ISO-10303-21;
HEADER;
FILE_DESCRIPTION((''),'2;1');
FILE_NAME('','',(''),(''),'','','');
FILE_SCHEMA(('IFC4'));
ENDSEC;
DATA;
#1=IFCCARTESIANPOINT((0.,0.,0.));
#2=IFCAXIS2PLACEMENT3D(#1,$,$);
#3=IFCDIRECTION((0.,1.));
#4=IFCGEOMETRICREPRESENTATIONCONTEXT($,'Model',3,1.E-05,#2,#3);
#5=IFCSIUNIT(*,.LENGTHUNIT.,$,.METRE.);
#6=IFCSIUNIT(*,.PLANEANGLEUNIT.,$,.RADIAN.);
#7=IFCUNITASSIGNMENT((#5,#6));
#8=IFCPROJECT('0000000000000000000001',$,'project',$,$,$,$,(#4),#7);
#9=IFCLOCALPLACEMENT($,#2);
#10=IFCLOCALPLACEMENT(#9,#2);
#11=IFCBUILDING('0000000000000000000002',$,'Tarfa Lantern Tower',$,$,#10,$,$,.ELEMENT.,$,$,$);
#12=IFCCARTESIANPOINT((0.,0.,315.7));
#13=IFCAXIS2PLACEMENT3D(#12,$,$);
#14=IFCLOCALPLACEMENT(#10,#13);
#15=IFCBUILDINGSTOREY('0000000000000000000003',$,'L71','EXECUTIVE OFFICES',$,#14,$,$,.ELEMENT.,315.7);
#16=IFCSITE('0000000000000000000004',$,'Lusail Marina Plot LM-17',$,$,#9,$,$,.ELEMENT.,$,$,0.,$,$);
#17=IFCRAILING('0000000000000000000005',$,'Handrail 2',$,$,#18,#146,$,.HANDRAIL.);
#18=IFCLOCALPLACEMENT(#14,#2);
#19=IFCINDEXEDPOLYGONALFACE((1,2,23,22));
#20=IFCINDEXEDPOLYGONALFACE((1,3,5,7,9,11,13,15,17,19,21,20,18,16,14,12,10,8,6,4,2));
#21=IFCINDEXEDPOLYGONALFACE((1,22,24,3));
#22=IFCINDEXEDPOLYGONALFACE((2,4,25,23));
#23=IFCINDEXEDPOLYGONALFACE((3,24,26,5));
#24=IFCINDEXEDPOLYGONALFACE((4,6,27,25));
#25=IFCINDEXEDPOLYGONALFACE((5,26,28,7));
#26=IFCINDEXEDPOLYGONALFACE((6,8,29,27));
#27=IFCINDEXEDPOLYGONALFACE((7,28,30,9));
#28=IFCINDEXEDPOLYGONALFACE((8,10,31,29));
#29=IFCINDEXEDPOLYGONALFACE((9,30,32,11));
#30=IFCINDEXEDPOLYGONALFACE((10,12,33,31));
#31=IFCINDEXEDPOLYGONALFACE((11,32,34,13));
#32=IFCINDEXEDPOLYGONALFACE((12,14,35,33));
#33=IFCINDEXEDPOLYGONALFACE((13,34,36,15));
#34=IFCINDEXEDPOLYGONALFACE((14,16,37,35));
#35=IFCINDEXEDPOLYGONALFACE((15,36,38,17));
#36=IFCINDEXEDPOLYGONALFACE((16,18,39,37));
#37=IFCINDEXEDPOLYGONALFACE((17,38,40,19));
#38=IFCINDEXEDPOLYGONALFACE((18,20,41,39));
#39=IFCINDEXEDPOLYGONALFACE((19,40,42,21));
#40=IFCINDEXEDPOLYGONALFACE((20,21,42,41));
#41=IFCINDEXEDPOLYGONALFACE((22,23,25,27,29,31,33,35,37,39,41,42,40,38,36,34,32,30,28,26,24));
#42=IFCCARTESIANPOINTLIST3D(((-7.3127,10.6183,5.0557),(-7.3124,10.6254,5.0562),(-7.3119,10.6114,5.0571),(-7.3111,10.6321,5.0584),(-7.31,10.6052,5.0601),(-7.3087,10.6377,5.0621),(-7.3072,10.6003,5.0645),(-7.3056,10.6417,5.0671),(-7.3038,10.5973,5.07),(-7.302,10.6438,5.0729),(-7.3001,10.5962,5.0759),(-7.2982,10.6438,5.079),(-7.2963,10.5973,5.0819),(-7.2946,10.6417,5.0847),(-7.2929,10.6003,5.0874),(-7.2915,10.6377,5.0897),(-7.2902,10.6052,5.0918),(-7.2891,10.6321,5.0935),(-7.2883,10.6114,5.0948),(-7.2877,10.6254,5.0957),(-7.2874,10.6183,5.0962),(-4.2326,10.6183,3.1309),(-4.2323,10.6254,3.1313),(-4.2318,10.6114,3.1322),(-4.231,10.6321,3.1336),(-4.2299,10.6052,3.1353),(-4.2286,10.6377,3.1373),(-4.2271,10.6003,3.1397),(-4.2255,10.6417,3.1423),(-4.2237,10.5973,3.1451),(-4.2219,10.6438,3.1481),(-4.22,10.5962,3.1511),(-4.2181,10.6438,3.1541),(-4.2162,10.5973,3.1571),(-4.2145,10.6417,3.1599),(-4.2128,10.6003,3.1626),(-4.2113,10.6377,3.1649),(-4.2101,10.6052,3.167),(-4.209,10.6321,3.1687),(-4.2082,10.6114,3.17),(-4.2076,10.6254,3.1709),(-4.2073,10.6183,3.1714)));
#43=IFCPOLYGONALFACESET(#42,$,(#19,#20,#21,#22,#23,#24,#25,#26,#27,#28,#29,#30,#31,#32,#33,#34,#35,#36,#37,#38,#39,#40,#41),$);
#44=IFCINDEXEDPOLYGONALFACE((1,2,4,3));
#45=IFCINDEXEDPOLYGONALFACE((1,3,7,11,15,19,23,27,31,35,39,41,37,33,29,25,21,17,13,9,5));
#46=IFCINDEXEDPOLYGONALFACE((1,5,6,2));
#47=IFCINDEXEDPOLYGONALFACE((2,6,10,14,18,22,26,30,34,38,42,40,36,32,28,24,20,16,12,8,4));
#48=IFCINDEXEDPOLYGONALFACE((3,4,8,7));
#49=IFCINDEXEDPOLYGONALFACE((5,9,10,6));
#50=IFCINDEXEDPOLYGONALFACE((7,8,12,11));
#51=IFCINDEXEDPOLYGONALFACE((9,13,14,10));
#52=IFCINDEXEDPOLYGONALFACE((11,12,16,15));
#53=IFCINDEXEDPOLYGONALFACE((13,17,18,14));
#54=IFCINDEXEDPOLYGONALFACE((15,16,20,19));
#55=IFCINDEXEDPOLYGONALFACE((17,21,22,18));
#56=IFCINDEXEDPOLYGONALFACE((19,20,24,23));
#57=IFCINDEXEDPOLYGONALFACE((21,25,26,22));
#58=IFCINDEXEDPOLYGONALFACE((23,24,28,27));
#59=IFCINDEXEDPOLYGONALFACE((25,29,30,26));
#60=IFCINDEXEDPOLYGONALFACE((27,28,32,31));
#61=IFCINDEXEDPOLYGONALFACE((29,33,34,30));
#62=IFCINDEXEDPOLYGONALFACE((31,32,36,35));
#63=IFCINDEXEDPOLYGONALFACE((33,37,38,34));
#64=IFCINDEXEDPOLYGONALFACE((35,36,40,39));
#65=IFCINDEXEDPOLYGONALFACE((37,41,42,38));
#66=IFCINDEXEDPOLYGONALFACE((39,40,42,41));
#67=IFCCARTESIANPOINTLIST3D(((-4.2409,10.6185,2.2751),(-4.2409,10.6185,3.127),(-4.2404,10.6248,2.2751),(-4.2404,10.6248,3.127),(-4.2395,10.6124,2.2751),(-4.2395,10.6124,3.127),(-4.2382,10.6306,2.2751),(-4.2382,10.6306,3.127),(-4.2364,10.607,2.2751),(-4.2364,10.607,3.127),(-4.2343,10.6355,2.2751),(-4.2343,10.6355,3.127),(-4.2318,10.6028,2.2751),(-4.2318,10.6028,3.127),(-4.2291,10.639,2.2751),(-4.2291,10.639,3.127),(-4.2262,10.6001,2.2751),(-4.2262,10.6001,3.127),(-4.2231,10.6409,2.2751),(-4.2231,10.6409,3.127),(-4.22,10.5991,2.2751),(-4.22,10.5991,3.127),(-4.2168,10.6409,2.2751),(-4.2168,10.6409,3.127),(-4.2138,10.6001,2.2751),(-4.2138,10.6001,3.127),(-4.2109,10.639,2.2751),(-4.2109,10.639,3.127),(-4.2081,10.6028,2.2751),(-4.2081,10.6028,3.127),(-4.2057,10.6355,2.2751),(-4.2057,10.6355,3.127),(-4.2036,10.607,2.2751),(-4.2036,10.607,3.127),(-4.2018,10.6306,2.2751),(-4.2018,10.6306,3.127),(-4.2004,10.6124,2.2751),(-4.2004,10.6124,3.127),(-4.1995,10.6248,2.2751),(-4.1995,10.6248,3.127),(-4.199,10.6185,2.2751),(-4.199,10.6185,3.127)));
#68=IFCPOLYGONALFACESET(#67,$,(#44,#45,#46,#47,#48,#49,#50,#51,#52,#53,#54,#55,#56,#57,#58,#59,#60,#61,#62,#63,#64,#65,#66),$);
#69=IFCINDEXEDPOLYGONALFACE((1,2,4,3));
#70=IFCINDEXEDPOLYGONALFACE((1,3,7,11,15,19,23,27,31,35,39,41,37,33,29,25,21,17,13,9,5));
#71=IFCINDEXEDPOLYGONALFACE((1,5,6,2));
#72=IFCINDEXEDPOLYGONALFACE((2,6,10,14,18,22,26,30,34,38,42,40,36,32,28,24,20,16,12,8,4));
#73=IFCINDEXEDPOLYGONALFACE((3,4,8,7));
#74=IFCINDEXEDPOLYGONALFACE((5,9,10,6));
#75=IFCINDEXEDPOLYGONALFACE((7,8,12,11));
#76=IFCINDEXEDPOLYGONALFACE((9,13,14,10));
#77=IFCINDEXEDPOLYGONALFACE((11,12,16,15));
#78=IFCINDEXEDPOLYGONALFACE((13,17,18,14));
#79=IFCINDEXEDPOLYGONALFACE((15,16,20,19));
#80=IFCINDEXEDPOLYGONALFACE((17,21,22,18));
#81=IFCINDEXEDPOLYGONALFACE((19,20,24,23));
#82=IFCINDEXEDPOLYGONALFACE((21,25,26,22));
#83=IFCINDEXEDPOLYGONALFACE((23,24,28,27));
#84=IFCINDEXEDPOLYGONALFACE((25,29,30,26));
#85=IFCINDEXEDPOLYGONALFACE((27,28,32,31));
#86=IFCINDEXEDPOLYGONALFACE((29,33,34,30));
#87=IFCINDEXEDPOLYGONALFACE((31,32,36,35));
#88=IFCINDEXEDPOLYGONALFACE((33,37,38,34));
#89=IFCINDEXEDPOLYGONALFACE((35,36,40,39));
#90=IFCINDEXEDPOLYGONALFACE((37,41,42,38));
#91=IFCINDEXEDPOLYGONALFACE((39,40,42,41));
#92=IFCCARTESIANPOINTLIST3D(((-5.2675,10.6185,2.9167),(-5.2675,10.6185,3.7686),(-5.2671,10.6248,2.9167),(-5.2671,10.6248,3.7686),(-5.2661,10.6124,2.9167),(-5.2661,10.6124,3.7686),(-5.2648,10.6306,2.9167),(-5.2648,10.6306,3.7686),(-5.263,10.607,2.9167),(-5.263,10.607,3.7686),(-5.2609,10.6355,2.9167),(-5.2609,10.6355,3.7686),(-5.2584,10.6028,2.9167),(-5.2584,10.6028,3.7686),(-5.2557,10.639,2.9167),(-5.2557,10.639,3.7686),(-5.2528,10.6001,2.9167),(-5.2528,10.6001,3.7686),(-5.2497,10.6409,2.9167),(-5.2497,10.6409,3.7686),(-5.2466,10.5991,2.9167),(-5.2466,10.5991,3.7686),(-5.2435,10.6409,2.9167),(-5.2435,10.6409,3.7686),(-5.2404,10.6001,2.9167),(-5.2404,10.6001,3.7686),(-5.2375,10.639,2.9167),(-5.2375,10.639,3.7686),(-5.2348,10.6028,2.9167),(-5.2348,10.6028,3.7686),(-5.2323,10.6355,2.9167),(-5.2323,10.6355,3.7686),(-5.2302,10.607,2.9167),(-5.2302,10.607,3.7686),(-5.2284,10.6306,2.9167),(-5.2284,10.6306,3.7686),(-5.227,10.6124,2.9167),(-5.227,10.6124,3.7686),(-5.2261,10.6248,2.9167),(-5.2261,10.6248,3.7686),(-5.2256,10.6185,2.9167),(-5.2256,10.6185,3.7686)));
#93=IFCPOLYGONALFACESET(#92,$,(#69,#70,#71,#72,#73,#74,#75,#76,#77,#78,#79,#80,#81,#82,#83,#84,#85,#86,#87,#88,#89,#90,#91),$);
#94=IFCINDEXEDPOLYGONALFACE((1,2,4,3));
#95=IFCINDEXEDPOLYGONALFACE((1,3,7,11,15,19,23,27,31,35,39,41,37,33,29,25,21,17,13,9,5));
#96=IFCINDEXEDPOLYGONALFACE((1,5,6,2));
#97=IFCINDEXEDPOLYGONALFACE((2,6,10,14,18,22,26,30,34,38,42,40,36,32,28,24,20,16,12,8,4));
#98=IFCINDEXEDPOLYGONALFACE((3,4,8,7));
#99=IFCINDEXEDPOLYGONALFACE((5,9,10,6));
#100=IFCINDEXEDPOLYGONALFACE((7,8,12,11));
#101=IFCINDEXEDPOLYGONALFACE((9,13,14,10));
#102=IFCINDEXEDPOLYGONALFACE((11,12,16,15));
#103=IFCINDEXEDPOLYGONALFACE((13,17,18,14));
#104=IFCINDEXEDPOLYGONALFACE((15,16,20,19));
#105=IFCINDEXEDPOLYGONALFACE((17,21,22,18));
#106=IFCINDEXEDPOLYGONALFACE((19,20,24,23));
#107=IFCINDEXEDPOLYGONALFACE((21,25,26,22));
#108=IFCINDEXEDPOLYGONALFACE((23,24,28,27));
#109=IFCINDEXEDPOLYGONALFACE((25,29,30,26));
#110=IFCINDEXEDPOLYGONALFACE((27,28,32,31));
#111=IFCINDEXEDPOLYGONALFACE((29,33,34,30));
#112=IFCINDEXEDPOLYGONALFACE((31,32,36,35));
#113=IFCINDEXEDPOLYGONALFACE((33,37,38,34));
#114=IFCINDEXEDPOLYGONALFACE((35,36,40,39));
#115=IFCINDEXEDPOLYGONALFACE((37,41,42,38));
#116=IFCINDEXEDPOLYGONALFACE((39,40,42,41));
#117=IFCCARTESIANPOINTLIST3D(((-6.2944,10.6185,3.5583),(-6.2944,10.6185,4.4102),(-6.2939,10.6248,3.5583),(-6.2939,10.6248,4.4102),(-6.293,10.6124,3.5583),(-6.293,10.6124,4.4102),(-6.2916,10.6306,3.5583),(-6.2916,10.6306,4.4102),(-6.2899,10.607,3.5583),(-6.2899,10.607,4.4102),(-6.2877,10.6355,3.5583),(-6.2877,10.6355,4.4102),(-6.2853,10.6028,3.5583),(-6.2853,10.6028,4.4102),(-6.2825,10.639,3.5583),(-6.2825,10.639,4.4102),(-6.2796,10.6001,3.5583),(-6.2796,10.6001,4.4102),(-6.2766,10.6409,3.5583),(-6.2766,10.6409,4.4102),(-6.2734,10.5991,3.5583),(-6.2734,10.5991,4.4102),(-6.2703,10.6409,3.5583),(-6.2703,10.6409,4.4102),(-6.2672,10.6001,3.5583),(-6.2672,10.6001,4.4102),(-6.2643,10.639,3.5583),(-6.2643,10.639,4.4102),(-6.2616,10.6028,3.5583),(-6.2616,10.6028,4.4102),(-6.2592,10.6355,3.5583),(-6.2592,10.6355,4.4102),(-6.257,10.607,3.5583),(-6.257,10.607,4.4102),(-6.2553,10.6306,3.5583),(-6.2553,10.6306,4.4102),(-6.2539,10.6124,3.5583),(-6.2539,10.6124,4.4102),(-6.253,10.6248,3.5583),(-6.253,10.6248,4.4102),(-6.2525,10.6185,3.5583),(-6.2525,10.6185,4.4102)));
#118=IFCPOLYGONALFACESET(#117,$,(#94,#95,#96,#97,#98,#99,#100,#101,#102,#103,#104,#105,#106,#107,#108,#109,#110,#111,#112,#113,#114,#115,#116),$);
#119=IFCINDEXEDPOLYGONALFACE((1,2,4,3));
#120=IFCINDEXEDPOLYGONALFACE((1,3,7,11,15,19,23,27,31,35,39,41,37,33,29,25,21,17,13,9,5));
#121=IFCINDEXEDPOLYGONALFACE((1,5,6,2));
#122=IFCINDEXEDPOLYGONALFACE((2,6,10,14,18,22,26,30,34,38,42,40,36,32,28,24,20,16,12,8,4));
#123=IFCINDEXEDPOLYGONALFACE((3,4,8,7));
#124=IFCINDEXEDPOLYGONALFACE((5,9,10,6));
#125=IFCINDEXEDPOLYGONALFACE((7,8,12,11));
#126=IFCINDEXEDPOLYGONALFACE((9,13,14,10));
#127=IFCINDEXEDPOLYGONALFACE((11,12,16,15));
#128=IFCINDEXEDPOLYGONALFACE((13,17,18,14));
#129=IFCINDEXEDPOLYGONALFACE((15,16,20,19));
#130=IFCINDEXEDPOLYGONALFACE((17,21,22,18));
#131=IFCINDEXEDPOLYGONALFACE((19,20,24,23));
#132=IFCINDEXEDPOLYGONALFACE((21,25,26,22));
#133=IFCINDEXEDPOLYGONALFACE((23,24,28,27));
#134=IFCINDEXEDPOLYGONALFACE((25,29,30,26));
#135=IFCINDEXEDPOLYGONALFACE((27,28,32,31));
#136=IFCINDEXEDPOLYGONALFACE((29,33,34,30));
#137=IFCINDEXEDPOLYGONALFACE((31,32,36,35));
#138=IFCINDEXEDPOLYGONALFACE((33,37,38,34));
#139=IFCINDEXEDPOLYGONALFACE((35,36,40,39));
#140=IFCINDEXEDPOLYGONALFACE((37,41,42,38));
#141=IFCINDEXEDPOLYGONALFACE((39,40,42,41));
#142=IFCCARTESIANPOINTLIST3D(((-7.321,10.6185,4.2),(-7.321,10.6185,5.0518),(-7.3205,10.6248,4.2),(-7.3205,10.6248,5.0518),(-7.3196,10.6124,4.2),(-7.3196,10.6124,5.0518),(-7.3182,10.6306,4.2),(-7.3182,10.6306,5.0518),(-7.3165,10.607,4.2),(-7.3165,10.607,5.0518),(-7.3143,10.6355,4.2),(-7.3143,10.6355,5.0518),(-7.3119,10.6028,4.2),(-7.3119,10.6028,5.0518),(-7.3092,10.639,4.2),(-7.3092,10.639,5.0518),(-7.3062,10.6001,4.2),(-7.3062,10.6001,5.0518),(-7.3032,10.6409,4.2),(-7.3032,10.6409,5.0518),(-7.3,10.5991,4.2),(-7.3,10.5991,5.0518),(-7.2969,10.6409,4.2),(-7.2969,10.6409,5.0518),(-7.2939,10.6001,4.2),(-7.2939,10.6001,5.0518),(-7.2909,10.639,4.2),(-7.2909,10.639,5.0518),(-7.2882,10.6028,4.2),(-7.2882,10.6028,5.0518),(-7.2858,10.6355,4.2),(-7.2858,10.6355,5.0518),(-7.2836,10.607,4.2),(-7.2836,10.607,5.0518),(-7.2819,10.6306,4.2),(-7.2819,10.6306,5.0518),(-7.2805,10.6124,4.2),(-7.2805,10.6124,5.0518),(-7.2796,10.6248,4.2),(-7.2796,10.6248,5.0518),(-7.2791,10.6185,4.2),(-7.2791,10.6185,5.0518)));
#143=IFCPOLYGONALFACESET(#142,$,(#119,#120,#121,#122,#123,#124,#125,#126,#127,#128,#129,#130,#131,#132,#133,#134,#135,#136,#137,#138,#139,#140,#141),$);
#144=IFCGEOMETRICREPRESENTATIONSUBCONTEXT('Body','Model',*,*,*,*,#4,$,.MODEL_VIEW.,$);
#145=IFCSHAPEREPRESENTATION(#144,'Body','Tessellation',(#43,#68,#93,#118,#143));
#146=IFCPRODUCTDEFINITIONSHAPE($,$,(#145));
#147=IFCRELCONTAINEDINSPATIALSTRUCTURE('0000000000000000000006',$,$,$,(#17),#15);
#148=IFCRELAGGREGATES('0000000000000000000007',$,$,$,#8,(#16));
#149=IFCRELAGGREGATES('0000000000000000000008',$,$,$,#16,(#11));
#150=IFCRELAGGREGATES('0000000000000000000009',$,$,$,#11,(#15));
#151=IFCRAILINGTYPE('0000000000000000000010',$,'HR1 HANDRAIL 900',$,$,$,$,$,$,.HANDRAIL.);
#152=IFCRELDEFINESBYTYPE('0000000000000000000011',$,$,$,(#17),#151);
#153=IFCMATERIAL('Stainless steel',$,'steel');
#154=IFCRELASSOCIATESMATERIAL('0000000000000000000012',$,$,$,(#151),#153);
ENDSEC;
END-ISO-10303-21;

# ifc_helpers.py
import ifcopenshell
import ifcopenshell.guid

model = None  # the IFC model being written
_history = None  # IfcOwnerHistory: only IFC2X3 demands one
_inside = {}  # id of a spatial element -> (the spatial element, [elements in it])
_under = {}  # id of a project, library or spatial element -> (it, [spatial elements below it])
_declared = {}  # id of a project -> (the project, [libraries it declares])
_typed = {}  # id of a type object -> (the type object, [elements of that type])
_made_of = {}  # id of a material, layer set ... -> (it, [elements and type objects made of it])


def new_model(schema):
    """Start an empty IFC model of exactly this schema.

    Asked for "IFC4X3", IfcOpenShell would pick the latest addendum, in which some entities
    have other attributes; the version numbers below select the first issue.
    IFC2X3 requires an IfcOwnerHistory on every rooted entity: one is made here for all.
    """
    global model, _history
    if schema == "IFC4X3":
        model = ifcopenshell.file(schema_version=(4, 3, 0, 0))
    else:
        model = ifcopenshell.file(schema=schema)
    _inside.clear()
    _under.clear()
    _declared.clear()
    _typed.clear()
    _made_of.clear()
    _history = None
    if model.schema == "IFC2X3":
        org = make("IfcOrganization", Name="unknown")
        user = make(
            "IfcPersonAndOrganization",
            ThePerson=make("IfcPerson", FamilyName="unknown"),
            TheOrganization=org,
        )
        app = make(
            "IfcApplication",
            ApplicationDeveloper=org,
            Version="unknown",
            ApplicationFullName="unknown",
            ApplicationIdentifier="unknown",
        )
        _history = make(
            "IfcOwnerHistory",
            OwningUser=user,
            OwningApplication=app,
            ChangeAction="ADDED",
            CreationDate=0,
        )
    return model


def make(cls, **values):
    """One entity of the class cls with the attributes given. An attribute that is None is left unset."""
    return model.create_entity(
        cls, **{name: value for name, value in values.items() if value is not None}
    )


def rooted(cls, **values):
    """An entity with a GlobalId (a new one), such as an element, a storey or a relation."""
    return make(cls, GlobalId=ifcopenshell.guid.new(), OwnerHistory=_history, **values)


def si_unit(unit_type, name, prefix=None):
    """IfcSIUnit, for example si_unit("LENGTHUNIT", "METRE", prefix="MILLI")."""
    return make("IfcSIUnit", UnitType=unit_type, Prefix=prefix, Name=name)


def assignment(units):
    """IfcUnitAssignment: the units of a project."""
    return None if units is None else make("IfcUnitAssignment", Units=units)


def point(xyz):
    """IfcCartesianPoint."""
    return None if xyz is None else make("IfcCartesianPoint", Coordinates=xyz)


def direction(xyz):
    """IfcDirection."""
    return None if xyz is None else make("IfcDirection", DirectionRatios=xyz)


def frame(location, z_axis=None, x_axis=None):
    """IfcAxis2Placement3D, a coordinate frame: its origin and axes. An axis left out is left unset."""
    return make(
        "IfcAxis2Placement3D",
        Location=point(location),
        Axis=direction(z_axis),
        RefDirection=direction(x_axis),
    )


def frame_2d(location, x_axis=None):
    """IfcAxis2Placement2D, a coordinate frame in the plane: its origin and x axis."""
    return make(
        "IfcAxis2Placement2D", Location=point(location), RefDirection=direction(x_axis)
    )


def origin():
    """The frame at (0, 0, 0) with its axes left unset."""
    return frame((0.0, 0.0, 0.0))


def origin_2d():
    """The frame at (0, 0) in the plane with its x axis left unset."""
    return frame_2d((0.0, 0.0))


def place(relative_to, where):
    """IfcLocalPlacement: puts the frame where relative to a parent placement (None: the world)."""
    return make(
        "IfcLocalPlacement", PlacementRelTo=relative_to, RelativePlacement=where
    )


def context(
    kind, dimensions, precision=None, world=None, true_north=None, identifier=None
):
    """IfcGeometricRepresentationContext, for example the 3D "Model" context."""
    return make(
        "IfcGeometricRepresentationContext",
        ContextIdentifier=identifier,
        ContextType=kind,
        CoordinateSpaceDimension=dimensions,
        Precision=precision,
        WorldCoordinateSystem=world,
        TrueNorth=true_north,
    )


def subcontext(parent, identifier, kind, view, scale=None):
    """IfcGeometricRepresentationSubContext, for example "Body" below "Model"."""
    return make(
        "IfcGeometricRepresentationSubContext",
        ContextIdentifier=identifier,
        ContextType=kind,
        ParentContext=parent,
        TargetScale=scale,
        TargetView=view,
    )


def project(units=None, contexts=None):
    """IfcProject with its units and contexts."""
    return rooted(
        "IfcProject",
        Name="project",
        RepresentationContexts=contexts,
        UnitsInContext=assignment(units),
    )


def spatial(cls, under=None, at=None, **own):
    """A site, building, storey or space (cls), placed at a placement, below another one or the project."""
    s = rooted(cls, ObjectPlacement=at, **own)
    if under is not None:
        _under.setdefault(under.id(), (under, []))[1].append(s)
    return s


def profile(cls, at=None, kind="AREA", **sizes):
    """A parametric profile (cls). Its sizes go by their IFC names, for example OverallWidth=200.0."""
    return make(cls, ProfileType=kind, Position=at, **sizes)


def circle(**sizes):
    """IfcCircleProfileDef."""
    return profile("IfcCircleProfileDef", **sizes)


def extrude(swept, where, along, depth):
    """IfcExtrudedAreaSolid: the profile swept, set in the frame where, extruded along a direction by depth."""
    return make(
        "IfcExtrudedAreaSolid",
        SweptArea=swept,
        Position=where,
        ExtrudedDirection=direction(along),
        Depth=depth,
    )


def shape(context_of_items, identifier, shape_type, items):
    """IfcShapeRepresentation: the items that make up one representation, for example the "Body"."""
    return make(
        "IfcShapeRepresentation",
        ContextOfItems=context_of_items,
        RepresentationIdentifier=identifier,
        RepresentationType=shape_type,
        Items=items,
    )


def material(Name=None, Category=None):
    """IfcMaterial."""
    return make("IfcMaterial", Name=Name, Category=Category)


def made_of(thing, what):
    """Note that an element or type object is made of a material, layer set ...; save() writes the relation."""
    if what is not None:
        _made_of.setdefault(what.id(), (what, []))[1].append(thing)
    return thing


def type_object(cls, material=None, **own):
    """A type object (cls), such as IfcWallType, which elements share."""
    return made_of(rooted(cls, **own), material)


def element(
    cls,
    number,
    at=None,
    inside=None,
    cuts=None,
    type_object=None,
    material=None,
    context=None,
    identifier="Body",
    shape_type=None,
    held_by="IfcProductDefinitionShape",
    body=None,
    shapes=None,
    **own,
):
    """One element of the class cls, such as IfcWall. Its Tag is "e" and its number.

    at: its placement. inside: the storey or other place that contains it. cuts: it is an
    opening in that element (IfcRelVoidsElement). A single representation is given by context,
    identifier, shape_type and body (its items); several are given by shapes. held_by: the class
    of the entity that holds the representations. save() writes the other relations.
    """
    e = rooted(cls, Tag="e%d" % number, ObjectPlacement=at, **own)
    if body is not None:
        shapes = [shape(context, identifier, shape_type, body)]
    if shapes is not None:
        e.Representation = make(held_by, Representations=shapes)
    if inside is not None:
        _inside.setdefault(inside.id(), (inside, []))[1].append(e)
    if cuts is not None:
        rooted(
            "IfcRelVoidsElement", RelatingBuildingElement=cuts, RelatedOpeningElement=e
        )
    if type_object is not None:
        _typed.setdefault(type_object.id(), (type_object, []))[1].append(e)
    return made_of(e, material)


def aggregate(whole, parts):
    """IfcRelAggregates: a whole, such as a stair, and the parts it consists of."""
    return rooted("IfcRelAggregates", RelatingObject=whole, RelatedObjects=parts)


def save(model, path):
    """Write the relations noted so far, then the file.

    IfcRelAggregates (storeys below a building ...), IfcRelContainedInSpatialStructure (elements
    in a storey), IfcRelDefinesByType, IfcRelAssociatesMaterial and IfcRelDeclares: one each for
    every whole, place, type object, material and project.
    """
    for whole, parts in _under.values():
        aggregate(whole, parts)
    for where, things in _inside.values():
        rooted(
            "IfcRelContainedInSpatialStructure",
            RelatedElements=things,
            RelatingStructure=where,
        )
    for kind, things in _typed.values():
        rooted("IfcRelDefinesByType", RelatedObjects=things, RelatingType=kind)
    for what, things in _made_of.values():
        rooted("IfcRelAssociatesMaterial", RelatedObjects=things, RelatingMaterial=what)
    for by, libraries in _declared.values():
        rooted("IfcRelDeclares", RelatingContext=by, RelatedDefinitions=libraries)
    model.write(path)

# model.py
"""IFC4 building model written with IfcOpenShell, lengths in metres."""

from ifc_helpers import new_model, si_unit, direction, frame, origin, origin_2d, place, context, subcontext, project, spatial, circle, extrude, material, type_object, element, save


model = new_model("IFC4")

# Units and contexts
model_context = context("Model", 3, precision=1e-05, world=origin(), true_north=direction((0.0, 1.0)))
body_context = subcontext(model_context, "Body", "Model", "MODEL_VIEW")
ifc_project = project(units=[si_unit("LENGTHUNIT", "METRE"), si_unit("PLANEANGLEUNIT", "RADIAN")], contexts=[model_context])

# Site, building, storey
site_placement = place(None, origin())
site = spatial("IfcSite", under=ifc_project, at=site_placement, Name="Lusail Marina Plot LM-17", CompositionType="ELEMENT", RefElevation=0.0)
building_placement = place(site_placement, origin())
building = spatial("IfcBuilding", under=site, at=building_placement, Name="Tarfa Lantern Tower", CompositionType="ELEMENT")
storey_placement = place(building_placement, frame((0.0, 0.0, 315.7)))
storey = spatial("IfcBuildingStorey", under=building, at=storey_placement, Name="L71", Description="EXECUTIVE OFFICES", CompositionType="ELEMENT", Elevation=315.7)

# Railing
ifc_material_1 = material(Name="Stainless steel", Category="steel")
railing_type = type_object("IfcRailingType", Name="HR1 HANDRAIL 900", PredefinedType="HANDRAIL", material=ifc_material_1)
railing_1_placement = place(storey_placement, frame((-4.22, 10.6201, 2.2751)))
element("IfcRailing", 1, at=railing_1_placement, inside=storey, type_object=railing_type, Name="Handrail 2", PredefinedType="HANDRAIL", context=body_context, shape_type="SweptSolid", body=[
    extrude(circle(Radius=0.0239, at=origin_2d()), frame((0.0, 0.0, 0.876), z_axis=(-0.848029, 0.0, 0.529951), x_axis=(0.0, -1.0, 0.0)), (0.0, 0.0, 1.0), 3.6321),
    extrude(circle(Radius=0.021, at=origin_2d()), frame((0.0, 0.0, 0.0), z_axis=(0.0, 0.0, 1.0), x_axis=(0.0, -1.0, 0.0)), (0.0, 0.0, 1.0), 0.8518),
    extrude(circle(Radius=0.021, at=origin_2d()), frame((-1.0266, 0.0, 0.6416), z_axis=(0.0, 0.0, 1.0), x_axis=(0.0, -1.0, 0.0)), (0.0, 0.0, 1.0), 0.8518),
    extrude(circle(Radius=0.021, at=origin_2d()), frame((-2.0535, 0.0, 1.2832), z_axis=(0.0, 0.0, 1.0), x_axis=(0.0, -1.0, 0.0)), (0.0, 0.0, 1.0), 0.8518),
    extrude(circle(Radius=0.021, at=origin_2d()), frame((-3.0801, 0.0, 1.9248), z_axis=(0.0, 0.0, 1.0), x_axis=(0.0, -1.0, 0.0)), (0.0, 0.0, 1.0), 0.8518),
])

save(model, "model.ifc")
